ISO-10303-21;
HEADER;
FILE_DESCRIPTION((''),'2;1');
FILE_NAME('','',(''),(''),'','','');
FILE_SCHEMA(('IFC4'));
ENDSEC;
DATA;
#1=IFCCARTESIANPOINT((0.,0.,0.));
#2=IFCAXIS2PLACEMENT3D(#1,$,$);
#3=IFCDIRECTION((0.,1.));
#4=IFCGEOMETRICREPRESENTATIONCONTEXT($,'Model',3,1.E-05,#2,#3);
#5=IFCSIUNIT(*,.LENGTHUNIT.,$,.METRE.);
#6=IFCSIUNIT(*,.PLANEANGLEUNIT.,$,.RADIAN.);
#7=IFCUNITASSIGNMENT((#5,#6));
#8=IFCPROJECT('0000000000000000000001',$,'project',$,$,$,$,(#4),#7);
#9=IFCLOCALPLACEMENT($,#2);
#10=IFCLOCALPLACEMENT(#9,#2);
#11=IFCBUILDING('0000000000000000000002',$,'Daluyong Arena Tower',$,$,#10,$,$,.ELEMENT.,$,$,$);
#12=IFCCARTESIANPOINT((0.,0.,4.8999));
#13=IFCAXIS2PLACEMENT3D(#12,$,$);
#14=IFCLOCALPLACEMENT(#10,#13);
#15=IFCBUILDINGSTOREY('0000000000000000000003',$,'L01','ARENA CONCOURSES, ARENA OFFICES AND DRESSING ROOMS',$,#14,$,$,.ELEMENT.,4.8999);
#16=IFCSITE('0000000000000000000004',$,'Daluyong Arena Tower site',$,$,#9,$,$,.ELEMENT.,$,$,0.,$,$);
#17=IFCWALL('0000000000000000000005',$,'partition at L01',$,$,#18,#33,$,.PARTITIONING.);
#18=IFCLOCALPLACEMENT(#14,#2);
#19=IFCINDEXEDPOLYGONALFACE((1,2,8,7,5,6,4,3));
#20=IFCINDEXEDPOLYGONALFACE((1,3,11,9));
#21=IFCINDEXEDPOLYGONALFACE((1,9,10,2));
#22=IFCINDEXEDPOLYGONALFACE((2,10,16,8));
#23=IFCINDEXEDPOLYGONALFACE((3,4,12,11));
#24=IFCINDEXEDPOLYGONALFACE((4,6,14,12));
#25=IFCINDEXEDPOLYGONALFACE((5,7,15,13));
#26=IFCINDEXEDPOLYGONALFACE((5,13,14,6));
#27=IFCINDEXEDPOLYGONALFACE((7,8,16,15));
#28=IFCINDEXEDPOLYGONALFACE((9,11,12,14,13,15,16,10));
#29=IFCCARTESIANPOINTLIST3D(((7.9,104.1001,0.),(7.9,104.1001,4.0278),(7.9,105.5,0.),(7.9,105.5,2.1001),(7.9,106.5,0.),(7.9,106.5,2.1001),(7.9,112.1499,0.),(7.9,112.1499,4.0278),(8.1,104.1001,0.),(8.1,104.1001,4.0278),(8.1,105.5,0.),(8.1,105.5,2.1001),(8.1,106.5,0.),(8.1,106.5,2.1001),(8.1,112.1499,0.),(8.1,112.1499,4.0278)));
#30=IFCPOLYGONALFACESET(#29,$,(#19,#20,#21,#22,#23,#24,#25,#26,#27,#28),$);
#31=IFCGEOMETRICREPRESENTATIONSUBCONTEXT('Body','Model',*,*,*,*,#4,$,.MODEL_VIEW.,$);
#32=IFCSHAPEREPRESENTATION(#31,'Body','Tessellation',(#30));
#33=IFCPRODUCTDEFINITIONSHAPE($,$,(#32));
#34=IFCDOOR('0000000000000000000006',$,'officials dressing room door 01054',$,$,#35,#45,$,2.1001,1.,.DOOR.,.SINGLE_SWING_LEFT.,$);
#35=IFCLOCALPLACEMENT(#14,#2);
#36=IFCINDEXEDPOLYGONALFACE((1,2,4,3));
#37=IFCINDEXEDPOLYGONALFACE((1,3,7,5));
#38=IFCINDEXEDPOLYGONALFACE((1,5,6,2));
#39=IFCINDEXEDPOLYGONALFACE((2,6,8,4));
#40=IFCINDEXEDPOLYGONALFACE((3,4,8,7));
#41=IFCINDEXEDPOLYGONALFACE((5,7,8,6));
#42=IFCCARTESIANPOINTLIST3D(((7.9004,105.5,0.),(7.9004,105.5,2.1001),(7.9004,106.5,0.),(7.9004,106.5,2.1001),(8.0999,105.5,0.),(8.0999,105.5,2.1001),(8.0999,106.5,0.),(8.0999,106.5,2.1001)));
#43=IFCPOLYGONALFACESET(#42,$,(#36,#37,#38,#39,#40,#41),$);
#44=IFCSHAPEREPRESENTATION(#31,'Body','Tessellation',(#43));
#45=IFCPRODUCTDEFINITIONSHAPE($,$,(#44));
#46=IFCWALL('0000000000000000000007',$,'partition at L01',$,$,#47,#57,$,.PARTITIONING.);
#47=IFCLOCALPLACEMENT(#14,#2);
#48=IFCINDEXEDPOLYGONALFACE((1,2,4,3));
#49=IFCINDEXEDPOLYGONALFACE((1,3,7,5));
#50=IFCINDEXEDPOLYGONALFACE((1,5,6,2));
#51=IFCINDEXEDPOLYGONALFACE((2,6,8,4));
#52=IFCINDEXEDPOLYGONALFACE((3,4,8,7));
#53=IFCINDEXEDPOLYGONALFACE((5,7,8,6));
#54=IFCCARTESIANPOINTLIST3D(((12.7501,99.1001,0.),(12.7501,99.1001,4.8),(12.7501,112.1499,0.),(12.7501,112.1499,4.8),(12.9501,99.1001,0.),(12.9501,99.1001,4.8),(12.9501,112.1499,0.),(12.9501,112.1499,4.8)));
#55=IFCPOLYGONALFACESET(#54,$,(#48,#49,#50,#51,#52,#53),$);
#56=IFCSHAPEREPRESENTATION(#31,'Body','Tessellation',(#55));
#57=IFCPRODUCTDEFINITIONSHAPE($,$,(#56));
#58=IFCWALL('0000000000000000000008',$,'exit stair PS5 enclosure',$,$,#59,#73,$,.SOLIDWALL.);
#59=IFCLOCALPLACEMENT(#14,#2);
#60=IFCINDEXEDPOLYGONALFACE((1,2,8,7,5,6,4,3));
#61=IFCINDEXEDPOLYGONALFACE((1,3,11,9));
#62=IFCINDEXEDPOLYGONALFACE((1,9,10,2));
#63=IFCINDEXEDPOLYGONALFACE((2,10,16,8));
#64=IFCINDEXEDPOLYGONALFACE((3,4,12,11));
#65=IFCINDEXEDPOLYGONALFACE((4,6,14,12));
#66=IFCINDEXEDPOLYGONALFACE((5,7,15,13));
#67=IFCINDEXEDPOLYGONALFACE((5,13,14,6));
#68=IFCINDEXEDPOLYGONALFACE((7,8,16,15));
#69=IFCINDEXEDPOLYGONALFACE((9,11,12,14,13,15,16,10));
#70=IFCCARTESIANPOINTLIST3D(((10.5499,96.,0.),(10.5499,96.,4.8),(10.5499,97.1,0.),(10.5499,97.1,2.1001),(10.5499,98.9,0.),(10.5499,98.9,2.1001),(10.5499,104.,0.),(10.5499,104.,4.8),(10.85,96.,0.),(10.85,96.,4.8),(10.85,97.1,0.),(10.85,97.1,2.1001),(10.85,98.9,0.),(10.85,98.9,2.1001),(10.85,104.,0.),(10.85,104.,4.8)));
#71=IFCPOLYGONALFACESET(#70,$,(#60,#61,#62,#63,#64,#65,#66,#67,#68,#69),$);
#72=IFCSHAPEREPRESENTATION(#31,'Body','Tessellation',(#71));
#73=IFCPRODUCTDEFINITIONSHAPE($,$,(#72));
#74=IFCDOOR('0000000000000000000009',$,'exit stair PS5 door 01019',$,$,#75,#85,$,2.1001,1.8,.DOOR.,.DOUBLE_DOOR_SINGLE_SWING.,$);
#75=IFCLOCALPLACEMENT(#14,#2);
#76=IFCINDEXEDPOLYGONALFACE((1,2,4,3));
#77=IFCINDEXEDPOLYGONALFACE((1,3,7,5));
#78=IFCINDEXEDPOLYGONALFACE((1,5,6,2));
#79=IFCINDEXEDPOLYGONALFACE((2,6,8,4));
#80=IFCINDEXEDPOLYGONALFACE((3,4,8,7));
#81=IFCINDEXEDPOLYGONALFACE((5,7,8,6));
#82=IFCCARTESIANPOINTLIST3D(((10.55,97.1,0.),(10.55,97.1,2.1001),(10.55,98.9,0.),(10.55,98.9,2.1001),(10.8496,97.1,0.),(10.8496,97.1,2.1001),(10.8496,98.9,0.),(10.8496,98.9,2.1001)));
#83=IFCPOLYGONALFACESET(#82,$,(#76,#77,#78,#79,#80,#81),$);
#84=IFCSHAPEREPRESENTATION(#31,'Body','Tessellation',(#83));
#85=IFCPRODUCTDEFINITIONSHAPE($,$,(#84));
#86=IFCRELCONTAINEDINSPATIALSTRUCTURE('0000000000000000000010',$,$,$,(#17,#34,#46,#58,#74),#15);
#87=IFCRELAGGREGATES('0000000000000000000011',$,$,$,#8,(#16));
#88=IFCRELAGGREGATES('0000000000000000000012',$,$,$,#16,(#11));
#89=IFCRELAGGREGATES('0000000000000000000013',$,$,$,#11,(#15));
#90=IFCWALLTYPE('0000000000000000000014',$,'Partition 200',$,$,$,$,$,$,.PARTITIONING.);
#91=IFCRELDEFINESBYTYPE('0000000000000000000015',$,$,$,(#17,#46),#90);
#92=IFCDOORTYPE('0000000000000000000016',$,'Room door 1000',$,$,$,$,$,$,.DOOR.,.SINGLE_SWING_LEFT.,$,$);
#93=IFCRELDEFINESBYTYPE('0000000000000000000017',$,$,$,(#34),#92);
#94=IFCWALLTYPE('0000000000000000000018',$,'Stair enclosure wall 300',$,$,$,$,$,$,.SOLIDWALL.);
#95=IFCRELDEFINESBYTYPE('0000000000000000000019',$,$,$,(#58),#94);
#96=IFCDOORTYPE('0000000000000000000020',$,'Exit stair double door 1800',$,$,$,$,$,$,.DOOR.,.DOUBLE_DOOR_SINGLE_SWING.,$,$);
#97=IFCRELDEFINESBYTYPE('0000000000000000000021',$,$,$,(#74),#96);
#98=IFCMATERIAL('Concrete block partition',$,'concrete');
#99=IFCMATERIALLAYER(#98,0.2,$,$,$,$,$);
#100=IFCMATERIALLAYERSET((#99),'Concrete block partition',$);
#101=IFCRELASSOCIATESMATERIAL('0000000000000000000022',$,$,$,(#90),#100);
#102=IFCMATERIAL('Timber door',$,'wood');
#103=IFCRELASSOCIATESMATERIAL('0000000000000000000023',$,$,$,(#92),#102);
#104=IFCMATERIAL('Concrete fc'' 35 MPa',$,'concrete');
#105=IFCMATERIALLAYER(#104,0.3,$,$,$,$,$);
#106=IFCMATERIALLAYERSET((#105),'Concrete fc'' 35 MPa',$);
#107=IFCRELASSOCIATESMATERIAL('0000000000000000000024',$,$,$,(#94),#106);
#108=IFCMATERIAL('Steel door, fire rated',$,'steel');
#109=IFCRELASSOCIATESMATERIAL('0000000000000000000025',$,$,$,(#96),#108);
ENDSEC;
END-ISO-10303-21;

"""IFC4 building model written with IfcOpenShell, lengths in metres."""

from ifc_helpers import new_model, si_unit, direction, frame, frame_2d, origin, place, context, subcontext, project, spatial, rectangle, extrude, material, layer, layer_set, type_object, element, fill, save


model = new_model("IFC4")

# Units and contexts
model_context = context("Model", 3, precision=1e-05, world=origin(), true_north=direction((0.0, 1.0)))
body_context = subcontext(model_context, "Body", "Model", "MODEL_VIEW")
ifc_project = project(units=[si_unit("LENGTHUNIT", "METRE"), si_unit("PLANEANGLEUNIT", "RADIAN")], contexts=[model_context])

# Site, building, storey
site_placement = place(None, origin())
site = spatial("IfcSite", under=ifc_project, at=site_placement, Name="Daluyong Arena Tower site", CompositionType="ELEMENT", RefElevation=0.0)
building_placement = place(site_placement, origin())
building = spatial("IfcBuilding", under=site, at=building_placement, Name="Daluyong Arena Tower", CompositionType="ELEMENT")
storey_placement = place(building_placement, frame((0.0, 0.0, 4.8999)))
storey = spatial("IfcBuildingStorey", under=building, at=storey_placement, Name="L01", Description="ARENA CONCOURSES, ARENA OFFICES AND DRESSING ROOMS", CompositionType="ELEMENT", Elevation=4.8999)

# Shared definitions
ifc_material_1 = material(Name="Concrete block partition", Category="concrete")
ifc_layer_1 = layer(ifc_material_1, 0.2)
ifc_layer_set_1 = layer_set([ifc_layer_1], Name="Concrete block partition")
wall_type_1 = type_object("IfcWallType", Name="Partition 200", PredefinedType="PARTITIONING", material=ifc_layer_set_1)

# Wall, opening, door
ifc_material_2 = material(Name="Timber door", Category="wood")
door_type_1 = type_object("IfcDoorType", Name="Room door 1000", OperationType="SINGLE_SWING_LEFT", PredefinedType="DOOR", material=ifc_material_2)
wall_1_placement = place(storey_placement, frame((8.0, 104.1001, 0.0), z_axis=(0.0, 0.0, 1.0), x_axis=(0.0, 1.0, 0.0)))
wall_1 = element("IfcWall", 1, at=wall_1_placement, inside=storey, type_object=wall_type_1, Name="partition at L01", PredefinedType="PARTITIONING", context=body_context, shape_type="SweptSolid", body=[
    extrude(rectangle(XDim=8.0498, YDim=0.2, at=frame_2d((4.0249, 0.0))), origin(), (0.0, 0.0, 1.0), 4.0278),
])
opening_1_placement = place(wall_1_placement, frame((1.3999, 0.0, 0.0)))
opening_1 = element("IfcOpeningElement", 2, at=opening_1_placement, cuts=wall_1, PredefinedType="OPENING", context=body_context, shape_type="SweptSolid", body=[
    extrude(rectangle(XDim=1.0, YDim=2.1001, at=frame_2d((0.5, 1.05))), frame((0.0, 0.1099, 0.0), z_axis=(0.0, -1.0, 0.0), x_axis=(1.0, 0.0, 0.0)), (0.0, 0.0, 1.0), 0.22),
])
door_1_placement = place(opening_1_placement, origin())
door_1 = element("IfcDoor", 3, at=door_1_placement, inside=storey, type_object=door_type_1, Name="officials dressing room door 01054", OperationType="SINGLE_SWING_LEFT", OverallHeight=2.1001, OverallWidth=1.0, PredefinedType="DOOR", context=body_context, shape_type="SweptSolid", body=[
    extrude(rectangle(XDim=1.0, YDim=2.1001, at=frame_2d((0.5, 1.05))), frame((0.0, 0.0996, 0.0), z_axis=(0.0, -1.0, 0.0), x_axis=(1.0, 0.0, 0.0)), (0.0, 0.0, 1.0), 0.1995),
])
fill(opening_1, door_1)

# Wall
wall_2_placement = place(storey_placement, frame((12.8501, 99.1001, 0.0), z_axis=(0.0, 0.0, 1.0), x_axis=(0.0, 1.0, 0.0)))
element("IfcWall", 4, at=wall_2_placement, inside=storey, type_object=wall_type_1, Name="partition at L01", PredefinedType="PARTITIONING", context=body_context, shape_type="SweptSolid", body=[
    extrude(rectangle(XDim=13.0498, YDim=0.2, at=frame_2d((6.5249, 0.0))), origin(), (0.0, 0.0, 1.0), 4.8),
])

# Wall, opening, door
ifc_material_3 = material(Name="Concrete fc' 35 MPa", Category="concrete")
ifc_layer_2 = layer(ifc_material_3, 0.3)
ifc_layer_set_2 = layer_set([ifc_layer_2], Name="Concrete fc' 35 MPa")
wall_type_2 = type_object("IfcWallType", Name="Stair enclosure wall 300", PredefinedType="SOLIDWALL", material=ifc_layer_set_2)
wall_3_placement = place(storey_placement, frame((10.7, 96.0, 0.0), z_axis=(0.0, 0.0, 1.0), x_axis=(0.0, 1.0, 0.0)))
wall_3 = element("IfcWall", 5, at=wall_3_placement, inside=storey, type_object=wall_type_2, Name="exit stair PS5 enclosure", PredefinedType="SOLIDWALL", context=body_context, shape_type="SweptSolid", body=[
    extrude(rectangle(XDim=8.0, YDim=0.3, at=frame_2d((4.0, 0.0))), origin(), (0.0, 0.0, 1.0), 4.8),
])
opening_2_placement = place(wall_3_placement, frame((1.1001, 0.0, 0.0)))
opening_2 = element("IfcOpeningElement", 6, at=opening_2_placement, cuts=wall_3, PredefinedType="OPENING", context=body_context, shape_type="SweptSolid", body=[
    extrude(rectangle(XDim=1.8, YDim=2.1001, at=frame_2d((0.8999, 1.05))), frame((0.0, 0.1599, 0.0), z_axis=(0.0, -1.0, 0.0), x_axis=(1.0, 0.0, 0.0)), (0.0, 0.0, 1.0), 0.3201),
])
ifc_material_4 = material(Name="Steel door, fire rated", Category="steel")
door_type_2 = type_object("IfcDoorType", Name="Exit stair double door 1800", OperationType="DOUBLE_DOOR_SINGLE_SWING", PredefinedType="DOOR", material=ifc_material_4)
door_2_placement = place(opening_2_placement, origin())
door_2 = element("IfcDoor", 7, at=door_2_placement, inside=storey, type_object=door_type_2, Name="exit stair PS5 door 01019", OperationType="DOUBLE_DOOR_SINGLE_SWING", OverallHeight=2.1001, OverallWidth=1.8, PredefinedType="DOOR", context=body_context, shape_type="SweptSolid", body=[
    extrude(rectangle(XDim=1.8, YDim=2.1001, at=frame_2d((0.8999, 1.05))), frame((0.0, 0.1499, 0.0), z_axis=(0.0, -1.0, 0.0), x_axis=(1.0, 0.0, 0.0)), (0.0, 0.0, 1.0), 0.2996),
])
fill(opening_2, door_2)

save(model, "model.ifc")
